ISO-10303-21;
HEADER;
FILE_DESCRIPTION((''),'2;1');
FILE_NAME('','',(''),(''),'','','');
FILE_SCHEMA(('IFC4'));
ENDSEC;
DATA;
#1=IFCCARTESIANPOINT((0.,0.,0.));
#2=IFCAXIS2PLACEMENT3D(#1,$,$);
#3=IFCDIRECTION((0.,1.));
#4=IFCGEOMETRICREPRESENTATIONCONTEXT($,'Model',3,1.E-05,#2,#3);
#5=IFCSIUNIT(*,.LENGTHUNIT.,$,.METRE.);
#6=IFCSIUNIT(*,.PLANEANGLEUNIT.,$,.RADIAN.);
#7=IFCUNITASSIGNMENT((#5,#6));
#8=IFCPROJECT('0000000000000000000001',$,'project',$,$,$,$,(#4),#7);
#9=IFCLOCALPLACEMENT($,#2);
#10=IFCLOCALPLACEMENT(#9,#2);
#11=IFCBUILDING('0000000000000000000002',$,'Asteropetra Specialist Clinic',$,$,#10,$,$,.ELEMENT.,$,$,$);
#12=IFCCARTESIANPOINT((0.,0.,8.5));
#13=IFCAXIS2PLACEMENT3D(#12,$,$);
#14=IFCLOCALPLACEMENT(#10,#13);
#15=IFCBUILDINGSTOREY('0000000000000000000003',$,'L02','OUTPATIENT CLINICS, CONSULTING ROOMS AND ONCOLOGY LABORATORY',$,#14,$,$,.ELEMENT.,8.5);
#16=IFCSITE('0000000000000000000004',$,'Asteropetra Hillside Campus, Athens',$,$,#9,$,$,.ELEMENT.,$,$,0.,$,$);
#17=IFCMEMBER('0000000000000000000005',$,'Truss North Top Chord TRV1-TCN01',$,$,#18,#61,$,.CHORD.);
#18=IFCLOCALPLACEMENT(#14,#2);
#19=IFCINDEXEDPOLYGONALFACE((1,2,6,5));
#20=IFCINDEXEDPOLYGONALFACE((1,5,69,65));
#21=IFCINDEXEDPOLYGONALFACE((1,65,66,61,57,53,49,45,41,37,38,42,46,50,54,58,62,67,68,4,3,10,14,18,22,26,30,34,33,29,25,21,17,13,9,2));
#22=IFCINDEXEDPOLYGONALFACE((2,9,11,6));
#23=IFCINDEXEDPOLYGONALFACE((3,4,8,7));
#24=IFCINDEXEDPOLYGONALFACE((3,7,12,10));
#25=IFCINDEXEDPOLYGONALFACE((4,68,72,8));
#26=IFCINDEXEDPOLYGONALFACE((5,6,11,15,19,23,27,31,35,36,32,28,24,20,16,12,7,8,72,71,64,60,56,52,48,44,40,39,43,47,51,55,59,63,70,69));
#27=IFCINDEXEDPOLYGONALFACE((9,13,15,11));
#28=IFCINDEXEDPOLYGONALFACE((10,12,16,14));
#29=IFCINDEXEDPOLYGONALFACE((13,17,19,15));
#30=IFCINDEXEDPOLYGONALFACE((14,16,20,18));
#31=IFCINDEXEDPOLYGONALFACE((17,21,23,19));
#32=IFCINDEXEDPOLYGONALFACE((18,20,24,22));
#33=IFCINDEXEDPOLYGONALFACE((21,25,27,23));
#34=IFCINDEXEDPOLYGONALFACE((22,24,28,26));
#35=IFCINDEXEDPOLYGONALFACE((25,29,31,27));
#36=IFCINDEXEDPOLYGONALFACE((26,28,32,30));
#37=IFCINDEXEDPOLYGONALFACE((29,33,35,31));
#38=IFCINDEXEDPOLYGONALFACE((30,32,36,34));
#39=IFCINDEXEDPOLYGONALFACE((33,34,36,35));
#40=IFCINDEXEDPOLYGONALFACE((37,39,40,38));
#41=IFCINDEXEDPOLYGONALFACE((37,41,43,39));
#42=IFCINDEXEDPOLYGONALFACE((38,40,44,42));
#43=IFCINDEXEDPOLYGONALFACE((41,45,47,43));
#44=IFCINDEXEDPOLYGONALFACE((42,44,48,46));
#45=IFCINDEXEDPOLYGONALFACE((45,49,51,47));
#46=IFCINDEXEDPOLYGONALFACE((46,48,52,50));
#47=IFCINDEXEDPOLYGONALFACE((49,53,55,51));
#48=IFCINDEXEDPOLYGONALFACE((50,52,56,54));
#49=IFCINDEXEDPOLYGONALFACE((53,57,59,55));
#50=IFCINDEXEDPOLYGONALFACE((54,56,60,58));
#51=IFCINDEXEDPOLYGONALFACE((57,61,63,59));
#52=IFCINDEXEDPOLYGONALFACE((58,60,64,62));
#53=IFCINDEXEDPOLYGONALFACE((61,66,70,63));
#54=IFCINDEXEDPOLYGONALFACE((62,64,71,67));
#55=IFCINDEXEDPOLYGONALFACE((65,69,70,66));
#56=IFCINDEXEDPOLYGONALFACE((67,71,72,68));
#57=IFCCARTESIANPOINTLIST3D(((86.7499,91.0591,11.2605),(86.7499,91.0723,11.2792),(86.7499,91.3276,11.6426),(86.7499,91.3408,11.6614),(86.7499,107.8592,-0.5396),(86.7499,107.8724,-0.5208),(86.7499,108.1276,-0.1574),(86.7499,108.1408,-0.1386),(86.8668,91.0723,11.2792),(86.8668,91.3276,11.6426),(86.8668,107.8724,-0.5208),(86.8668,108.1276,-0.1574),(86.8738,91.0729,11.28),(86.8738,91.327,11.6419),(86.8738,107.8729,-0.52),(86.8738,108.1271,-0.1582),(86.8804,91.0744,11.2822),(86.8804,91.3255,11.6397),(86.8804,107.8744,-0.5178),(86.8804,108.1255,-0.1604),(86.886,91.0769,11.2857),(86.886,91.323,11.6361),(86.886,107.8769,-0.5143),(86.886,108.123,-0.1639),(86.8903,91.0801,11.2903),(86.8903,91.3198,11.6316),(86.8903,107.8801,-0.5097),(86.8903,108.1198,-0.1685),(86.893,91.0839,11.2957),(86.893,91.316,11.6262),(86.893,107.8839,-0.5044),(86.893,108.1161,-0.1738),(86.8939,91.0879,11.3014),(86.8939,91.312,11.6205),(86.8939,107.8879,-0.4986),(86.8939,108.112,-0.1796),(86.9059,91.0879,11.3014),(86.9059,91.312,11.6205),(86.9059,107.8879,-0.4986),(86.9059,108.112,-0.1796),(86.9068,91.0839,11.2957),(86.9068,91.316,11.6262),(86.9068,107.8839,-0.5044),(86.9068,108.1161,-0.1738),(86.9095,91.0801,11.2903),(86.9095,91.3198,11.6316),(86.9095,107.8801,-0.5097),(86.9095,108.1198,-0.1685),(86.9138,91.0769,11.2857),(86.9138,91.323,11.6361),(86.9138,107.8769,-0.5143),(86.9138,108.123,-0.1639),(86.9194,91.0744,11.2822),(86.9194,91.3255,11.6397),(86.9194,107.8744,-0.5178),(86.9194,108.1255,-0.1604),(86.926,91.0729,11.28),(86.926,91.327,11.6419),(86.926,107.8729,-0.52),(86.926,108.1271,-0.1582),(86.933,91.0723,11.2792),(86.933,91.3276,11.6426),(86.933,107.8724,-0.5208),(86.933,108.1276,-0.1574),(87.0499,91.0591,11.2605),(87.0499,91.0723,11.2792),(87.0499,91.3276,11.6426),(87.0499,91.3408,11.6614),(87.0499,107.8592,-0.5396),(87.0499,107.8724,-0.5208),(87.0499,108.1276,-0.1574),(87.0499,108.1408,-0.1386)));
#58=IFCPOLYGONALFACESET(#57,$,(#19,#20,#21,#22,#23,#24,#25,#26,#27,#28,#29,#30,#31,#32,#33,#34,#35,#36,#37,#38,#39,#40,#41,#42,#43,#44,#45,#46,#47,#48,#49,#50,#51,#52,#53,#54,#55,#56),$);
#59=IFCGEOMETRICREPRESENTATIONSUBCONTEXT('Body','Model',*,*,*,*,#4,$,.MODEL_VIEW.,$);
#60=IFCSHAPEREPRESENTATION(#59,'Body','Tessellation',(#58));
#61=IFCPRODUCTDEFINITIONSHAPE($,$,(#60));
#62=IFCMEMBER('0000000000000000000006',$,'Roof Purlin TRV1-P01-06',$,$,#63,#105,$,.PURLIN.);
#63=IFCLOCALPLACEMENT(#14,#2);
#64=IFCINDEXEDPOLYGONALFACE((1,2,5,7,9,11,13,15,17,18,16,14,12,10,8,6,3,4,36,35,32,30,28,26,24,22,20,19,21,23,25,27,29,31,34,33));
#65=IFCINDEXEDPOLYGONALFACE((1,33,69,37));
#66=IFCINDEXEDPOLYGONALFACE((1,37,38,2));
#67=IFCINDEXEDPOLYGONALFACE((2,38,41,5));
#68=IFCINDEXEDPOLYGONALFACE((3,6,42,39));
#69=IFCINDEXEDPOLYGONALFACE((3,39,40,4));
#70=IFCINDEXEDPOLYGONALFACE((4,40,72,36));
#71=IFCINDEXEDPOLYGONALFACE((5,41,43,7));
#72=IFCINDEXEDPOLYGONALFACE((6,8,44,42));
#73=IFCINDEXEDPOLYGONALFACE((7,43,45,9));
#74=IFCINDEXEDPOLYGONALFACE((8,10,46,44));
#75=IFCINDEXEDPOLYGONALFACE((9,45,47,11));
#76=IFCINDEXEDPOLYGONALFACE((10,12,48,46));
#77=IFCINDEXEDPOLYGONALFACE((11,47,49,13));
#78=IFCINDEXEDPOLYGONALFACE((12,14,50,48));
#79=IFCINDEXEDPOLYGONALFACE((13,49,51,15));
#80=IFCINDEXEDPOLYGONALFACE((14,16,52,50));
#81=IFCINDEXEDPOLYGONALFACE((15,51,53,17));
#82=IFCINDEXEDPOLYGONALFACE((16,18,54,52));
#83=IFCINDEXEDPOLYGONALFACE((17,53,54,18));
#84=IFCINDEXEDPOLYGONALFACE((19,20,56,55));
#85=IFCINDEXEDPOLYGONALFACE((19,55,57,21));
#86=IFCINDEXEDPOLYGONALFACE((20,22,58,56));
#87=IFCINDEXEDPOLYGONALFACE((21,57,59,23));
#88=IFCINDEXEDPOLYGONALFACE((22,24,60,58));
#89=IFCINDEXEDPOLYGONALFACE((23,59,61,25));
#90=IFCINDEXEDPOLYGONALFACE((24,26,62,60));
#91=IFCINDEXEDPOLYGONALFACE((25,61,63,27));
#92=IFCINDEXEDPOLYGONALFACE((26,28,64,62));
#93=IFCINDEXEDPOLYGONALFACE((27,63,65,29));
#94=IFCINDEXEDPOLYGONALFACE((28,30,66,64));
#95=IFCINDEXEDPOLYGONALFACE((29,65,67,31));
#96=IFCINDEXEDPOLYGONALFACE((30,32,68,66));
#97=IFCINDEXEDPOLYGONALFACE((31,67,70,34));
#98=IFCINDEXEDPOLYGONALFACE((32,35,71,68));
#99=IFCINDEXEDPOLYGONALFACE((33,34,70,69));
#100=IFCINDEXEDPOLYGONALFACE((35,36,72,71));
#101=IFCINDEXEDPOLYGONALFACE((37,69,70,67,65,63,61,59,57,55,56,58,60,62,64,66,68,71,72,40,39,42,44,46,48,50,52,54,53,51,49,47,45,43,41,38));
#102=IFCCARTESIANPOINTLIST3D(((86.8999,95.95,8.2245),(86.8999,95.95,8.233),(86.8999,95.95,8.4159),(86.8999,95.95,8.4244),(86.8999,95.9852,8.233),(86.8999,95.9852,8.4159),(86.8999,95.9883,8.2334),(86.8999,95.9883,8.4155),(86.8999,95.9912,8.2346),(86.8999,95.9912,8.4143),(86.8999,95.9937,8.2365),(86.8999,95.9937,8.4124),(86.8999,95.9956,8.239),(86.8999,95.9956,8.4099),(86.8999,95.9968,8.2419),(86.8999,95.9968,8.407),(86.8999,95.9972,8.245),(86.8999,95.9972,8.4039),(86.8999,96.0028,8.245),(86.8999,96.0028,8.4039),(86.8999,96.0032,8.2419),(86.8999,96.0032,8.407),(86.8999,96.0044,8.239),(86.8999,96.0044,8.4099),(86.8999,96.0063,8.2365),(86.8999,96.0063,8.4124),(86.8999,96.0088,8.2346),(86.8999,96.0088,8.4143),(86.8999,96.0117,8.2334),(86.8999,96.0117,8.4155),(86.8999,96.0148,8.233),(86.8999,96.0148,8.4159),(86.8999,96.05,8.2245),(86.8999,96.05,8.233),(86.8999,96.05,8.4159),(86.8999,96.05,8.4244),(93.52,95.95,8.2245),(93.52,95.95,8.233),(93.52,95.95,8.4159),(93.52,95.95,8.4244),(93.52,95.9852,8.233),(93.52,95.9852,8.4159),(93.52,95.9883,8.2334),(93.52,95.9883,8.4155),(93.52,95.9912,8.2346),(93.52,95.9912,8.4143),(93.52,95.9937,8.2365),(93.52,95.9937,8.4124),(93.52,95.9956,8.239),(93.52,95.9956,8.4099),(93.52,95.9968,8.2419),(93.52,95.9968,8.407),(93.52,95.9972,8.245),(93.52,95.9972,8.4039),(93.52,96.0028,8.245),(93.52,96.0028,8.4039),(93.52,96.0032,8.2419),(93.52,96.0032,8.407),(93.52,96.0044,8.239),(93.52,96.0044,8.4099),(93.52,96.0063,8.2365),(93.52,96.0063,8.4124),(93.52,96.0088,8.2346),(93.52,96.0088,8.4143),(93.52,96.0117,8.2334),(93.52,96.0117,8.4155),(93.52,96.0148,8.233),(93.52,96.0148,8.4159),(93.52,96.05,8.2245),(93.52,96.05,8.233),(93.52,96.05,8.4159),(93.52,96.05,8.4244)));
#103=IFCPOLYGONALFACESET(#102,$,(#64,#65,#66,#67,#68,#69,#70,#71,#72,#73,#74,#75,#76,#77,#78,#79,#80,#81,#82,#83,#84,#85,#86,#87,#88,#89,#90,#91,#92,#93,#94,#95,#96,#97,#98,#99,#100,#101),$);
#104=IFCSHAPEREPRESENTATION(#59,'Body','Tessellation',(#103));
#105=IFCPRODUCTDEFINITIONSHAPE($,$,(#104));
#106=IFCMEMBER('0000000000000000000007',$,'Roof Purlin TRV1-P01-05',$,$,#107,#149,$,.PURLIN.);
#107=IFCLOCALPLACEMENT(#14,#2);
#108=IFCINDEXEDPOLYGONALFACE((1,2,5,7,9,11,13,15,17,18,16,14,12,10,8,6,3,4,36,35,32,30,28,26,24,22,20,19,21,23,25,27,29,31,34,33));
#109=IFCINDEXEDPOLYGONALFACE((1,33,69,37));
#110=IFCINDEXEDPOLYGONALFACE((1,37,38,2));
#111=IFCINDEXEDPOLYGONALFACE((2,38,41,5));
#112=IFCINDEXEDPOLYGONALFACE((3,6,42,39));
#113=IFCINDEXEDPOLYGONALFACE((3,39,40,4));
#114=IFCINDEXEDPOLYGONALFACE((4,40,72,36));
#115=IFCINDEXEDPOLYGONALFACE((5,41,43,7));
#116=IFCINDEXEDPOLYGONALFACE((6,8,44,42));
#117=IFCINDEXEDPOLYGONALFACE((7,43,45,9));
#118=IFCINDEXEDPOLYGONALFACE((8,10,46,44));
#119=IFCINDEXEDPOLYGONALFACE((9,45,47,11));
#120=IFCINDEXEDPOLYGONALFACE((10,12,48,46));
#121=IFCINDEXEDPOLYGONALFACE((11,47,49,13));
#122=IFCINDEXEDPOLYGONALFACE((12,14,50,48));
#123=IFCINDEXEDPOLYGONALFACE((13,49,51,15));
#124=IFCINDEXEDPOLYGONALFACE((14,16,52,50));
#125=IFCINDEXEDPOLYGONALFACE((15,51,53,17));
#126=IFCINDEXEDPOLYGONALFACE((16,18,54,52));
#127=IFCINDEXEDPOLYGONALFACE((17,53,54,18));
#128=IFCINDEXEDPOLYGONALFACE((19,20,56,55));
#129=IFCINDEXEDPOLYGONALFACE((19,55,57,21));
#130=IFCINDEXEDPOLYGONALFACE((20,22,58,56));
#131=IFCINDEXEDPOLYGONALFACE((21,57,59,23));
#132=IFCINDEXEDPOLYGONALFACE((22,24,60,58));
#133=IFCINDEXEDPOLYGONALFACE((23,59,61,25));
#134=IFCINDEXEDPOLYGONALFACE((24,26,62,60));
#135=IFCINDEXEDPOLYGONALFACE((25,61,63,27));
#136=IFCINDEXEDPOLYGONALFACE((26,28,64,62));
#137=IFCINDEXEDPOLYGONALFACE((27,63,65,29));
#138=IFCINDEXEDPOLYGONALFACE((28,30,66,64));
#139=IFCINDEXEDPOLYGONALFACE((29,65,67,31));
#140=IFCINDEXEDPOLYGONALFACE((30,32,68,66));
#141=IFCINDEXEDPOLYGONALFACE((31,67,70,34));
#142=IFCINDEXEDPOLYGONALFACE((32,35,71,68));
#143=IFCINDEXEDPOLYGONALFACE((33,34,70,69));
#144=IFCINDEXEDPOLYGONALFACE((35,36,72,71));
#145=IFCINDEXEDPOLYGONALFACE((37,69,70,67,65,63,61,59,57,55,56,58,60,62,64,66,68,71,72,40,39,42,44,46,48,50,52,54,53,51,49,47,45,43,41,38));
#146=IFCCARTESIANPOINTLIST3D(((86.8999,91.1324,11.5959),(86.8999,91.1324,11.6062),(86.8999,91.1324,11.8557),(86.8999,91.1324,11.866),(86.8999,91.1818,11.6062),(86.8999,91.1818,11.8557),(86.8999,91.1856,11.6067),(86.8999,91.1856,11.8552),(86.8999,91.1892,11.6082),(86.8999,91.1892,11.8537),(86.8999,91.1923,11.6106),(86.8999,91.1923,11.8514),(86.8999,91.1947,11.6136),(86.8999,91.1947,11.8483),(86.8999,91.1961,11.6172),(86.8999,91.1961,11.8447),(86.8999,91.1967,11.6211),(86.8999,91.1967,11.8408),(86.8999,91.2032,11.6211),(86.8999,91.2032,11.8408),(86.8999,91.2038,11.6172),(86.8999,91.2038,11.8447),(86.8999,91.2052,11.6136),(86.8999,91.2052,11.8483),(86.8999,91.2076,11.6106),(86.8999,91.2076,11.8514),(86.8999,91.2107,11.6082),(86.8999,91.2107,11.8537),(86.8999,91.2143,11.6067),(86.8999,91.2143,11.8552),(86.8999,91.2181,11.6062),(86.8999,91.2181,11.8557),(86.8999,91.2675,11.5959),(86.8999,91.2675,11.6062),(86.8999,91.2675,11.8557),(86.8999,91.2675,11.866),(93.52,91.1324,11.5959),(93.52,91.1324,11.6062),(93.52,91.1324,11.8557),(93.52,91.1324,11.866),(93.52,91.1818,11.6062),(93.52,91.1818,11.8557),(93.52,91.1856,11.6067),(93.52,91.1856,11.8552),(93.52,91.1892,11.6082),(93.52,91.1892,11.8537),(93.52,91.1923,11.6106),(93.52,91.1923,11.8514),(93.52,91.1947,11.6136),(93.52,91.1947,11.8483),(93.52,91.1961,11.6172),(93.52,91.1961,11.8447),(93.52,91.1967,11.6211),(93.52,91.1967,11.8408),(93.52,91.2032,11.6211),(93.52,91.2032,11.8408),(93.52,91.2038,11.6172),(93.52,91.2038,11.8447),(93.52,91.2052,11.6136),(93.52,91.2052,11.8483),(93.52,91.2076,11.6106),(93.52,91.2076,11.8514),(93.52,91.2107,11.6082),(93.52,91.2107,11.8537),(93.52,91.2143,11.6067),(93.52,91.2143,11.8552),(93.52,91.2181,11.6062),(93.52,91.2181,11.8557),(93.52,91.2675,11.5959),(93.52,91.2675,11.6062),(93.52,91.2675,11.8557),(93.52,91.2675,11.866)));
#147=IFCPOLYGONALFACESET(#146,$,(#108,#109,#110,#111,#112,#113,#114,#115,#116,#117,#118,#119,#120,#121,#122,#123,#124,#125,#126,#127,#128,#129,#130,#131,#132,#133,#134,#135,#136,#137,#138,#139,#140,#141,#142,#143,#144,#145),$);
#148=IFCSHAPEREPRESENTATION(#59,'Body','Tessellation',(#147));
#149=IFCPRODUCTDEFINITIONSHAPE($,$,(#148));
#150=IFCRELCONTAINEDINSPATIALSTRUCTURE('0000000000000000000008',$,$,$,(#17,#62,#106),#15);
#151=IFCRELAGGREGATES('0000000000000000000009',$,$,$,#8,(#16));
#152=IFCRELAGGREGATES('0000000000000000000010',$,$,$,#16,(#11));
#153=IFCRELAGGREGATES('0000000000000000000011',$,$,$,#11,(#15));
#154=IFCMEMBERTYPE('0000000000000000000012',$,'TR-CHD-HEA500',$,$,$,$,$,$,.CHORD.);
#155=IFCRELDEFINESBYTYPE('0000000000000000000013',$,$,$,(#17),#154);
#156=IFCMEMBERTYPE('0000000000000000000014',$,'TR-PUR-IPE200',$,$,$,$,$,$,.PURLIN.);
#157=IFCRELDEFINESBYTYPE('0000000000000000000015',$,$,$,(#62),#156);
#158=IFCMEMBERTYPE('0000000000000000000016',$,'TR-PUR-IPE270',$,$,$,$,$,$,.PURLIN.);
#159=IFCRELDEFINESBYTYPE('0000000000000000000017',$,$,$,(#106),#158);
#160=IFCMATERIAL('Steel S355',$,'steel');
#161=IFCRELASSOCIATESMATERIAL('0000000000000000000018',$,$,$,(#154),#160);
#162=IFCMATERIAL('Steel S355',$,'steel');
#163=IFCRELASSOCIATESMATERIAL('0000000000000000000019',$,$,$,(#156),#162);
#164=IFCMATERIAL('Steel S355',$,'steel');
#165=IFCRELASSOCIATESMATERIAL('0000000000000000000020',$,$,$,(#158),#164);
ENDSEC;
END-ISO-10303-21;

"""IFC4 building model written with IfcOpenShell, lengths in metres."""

from ifc_helpers import new_model, si_unit, direction, frame, origin, origin_2d, place, context, subcontext, project, spatial, i_section, extrude, material, material_profile, profile_set, type_object, element, save


model = new_model("IFC4")

# Units and contexts
model_context = context("Model", 3, precision=1e-05, world=origin(), true_north=direction((0.0, 1.0)))
body_context = subcontext(model_context, "Body", "Model", "MODEL_VIEW")
ifc_project = project(units=[si_unit("LENGTHUNIT", "METRE"), si_unit("PLANEANGLEUNIT", "RADIAN")], contexts=[model_context])

# Site, building, storey
site_placement = place(None, origin())
site = spatial("IfcSite", under=ifc_project, at=site_placement, Name="Asteropetra Hillside Campus, Athens", CompositionType="ELEMENT", RefElevation=0.0)
building_placement = place(site_placement, origin())
building = spatial("IfcBuilding", under=site, at=building_placement, Name="Asteropetra Specialist Clinic", CompositionType="ELEMENT")
storey_placement = place(building_placement, frame((0.0, 0.0, 8.5)))
storey = spatial("IfcBuildingStorey", under=building, at=storey_placement, Name="L02", Description="OUTPATIENT CLINICS, CONSULTING ROOMS AND ONCOLOGY LABORATORY", CompositionType="ELEMENT", Elevation=8.5)

# Members
ifc_material_1 = material(Name="Steel S355", Category="steel")
ifc_material_profile_1 = material_profile(ifc_material_1, i_section(OverallWidth=0.3, OverallDepth=0.49, WebThickness=0.012, FlangeThickness=0.0229, FilletRadius=0.0271, at=origin_2d()), Name="HEA 500")
ifc_profile_set_1 = profile_set([ifc_material_profile_1], Name="Steel S355")
member_type_1 = type_object("IfcMemberType", Name="TR-CHD-HEA500", PredefinedType="CHORD", material=ifc_profile_set_1)
member_1_placement = place(storey_placement, frame((86.8999, 91.2, 11.4609), z_axis=(0.0, 0.818315, -0.57477), x_axis=(-1.0, 0.0, 0.0)))
element("IfcMember", 1, at=member_1_placement, inside=storey, type_object=member_type_1, Name="Truss North Top Chord TRV1-TCN01", PredefinedType="CHORD", context=body_context, shape_type="SweptSolid", body=[
    extrude(i_section(OverallWidth=0.3, OverallDepth=0.49, WebThickness=0.012, FlangeThickness=0.0229, FilletRadius=0.0271, at=origin_2d()), origin(), (0.0, 0.0, 1.0), 20.53),
])
ifc_material_2 = material(Name="Steel S355", Category="steel")
ifc_material_profile_2 = material_profile(ifc_material_2, i_section(OverallWidth=0.1001, OverallDepth=0.2, WebThickness=0.0056, FlangeThickness=0.0085, FilletRadius=0.012, at=origin_2d()), Name="IPE 200")
ifc_profile_set_2 = profile_set([ifc_material_profile_2], Name="Steel S355")
member_type_2 = type_object("IfcMemberType", Name="TR-PUR-IPE200", PredefinedType="PURLIN", material=ifc_profile_set_2)
member_2_placement = place(storey_placement, frame((86.8999, 96.0, 8.3245), z_axis=(1.0, 0.0, 0.0), x_axis=(0.0, 1.0, 0.0)))
element("IfcMember", 2, at=member_2_placement, inside=storey, type_object=member_type_2, Name="Roof Purlin TRV1-P01-06", PredefinedType="PURLIN", context=body_context, shape_type="SweptSolid", body=[
    extrude(i_section(OverallWidth=0.1001, OverallDepth=0.2, WebThickness=0.0056, FlangeThickness=0.0085, FilletRadius=0.012, at=origin_2d()), origin(), (0.0, 0.0, 1.0), 6.6201),
])
ifc_material_3 = material(Name="Steel S355", Category="steel")
ifc_material_profile_3 = material_profile(ifc_material_3, i_section(OverallWidth=0.135, OverallDepth=0.27, WebThickness=0.0066, FlangeThickness=0.0103, FilletRadius=0.0149, at=origin_2d()), Name="IPE 270")
ifc_profile_set_3 = profile_set([ifc_material_profile_3], Name="Steel S355")
member_type_3 = type_object("IfcMemberType", Name="TR-PUR-IPE270", PredefinedType="PURLIN", material=ifc_profile_set_3)
member_3_placement = place(storey_placement, frame((86.8999, 91.2, 11.731), z_axis=(1.0, 0.0, 0.0), x_axis=(0.0, 1.0, 0.0)))
element("IfcMember", 3, at=member_3_placement, inside=storey, type_object=member_type_3, Name="Roof Purlin TRV1-P01-05", PredefinedType="PURLIN", context=body_context, shape_type="SweptSolid", body=[
    extrude(i_section(OverallWidth=0.135, OverallDepth=0.27, WebThickness=0.0066, FlangeThickness=0.0103, FilletRadius=0.0149, at=origin_2d()), origin(), (0.0, 0.0, 1.0), 6.6201),
])

save(model, "model.ifc")
